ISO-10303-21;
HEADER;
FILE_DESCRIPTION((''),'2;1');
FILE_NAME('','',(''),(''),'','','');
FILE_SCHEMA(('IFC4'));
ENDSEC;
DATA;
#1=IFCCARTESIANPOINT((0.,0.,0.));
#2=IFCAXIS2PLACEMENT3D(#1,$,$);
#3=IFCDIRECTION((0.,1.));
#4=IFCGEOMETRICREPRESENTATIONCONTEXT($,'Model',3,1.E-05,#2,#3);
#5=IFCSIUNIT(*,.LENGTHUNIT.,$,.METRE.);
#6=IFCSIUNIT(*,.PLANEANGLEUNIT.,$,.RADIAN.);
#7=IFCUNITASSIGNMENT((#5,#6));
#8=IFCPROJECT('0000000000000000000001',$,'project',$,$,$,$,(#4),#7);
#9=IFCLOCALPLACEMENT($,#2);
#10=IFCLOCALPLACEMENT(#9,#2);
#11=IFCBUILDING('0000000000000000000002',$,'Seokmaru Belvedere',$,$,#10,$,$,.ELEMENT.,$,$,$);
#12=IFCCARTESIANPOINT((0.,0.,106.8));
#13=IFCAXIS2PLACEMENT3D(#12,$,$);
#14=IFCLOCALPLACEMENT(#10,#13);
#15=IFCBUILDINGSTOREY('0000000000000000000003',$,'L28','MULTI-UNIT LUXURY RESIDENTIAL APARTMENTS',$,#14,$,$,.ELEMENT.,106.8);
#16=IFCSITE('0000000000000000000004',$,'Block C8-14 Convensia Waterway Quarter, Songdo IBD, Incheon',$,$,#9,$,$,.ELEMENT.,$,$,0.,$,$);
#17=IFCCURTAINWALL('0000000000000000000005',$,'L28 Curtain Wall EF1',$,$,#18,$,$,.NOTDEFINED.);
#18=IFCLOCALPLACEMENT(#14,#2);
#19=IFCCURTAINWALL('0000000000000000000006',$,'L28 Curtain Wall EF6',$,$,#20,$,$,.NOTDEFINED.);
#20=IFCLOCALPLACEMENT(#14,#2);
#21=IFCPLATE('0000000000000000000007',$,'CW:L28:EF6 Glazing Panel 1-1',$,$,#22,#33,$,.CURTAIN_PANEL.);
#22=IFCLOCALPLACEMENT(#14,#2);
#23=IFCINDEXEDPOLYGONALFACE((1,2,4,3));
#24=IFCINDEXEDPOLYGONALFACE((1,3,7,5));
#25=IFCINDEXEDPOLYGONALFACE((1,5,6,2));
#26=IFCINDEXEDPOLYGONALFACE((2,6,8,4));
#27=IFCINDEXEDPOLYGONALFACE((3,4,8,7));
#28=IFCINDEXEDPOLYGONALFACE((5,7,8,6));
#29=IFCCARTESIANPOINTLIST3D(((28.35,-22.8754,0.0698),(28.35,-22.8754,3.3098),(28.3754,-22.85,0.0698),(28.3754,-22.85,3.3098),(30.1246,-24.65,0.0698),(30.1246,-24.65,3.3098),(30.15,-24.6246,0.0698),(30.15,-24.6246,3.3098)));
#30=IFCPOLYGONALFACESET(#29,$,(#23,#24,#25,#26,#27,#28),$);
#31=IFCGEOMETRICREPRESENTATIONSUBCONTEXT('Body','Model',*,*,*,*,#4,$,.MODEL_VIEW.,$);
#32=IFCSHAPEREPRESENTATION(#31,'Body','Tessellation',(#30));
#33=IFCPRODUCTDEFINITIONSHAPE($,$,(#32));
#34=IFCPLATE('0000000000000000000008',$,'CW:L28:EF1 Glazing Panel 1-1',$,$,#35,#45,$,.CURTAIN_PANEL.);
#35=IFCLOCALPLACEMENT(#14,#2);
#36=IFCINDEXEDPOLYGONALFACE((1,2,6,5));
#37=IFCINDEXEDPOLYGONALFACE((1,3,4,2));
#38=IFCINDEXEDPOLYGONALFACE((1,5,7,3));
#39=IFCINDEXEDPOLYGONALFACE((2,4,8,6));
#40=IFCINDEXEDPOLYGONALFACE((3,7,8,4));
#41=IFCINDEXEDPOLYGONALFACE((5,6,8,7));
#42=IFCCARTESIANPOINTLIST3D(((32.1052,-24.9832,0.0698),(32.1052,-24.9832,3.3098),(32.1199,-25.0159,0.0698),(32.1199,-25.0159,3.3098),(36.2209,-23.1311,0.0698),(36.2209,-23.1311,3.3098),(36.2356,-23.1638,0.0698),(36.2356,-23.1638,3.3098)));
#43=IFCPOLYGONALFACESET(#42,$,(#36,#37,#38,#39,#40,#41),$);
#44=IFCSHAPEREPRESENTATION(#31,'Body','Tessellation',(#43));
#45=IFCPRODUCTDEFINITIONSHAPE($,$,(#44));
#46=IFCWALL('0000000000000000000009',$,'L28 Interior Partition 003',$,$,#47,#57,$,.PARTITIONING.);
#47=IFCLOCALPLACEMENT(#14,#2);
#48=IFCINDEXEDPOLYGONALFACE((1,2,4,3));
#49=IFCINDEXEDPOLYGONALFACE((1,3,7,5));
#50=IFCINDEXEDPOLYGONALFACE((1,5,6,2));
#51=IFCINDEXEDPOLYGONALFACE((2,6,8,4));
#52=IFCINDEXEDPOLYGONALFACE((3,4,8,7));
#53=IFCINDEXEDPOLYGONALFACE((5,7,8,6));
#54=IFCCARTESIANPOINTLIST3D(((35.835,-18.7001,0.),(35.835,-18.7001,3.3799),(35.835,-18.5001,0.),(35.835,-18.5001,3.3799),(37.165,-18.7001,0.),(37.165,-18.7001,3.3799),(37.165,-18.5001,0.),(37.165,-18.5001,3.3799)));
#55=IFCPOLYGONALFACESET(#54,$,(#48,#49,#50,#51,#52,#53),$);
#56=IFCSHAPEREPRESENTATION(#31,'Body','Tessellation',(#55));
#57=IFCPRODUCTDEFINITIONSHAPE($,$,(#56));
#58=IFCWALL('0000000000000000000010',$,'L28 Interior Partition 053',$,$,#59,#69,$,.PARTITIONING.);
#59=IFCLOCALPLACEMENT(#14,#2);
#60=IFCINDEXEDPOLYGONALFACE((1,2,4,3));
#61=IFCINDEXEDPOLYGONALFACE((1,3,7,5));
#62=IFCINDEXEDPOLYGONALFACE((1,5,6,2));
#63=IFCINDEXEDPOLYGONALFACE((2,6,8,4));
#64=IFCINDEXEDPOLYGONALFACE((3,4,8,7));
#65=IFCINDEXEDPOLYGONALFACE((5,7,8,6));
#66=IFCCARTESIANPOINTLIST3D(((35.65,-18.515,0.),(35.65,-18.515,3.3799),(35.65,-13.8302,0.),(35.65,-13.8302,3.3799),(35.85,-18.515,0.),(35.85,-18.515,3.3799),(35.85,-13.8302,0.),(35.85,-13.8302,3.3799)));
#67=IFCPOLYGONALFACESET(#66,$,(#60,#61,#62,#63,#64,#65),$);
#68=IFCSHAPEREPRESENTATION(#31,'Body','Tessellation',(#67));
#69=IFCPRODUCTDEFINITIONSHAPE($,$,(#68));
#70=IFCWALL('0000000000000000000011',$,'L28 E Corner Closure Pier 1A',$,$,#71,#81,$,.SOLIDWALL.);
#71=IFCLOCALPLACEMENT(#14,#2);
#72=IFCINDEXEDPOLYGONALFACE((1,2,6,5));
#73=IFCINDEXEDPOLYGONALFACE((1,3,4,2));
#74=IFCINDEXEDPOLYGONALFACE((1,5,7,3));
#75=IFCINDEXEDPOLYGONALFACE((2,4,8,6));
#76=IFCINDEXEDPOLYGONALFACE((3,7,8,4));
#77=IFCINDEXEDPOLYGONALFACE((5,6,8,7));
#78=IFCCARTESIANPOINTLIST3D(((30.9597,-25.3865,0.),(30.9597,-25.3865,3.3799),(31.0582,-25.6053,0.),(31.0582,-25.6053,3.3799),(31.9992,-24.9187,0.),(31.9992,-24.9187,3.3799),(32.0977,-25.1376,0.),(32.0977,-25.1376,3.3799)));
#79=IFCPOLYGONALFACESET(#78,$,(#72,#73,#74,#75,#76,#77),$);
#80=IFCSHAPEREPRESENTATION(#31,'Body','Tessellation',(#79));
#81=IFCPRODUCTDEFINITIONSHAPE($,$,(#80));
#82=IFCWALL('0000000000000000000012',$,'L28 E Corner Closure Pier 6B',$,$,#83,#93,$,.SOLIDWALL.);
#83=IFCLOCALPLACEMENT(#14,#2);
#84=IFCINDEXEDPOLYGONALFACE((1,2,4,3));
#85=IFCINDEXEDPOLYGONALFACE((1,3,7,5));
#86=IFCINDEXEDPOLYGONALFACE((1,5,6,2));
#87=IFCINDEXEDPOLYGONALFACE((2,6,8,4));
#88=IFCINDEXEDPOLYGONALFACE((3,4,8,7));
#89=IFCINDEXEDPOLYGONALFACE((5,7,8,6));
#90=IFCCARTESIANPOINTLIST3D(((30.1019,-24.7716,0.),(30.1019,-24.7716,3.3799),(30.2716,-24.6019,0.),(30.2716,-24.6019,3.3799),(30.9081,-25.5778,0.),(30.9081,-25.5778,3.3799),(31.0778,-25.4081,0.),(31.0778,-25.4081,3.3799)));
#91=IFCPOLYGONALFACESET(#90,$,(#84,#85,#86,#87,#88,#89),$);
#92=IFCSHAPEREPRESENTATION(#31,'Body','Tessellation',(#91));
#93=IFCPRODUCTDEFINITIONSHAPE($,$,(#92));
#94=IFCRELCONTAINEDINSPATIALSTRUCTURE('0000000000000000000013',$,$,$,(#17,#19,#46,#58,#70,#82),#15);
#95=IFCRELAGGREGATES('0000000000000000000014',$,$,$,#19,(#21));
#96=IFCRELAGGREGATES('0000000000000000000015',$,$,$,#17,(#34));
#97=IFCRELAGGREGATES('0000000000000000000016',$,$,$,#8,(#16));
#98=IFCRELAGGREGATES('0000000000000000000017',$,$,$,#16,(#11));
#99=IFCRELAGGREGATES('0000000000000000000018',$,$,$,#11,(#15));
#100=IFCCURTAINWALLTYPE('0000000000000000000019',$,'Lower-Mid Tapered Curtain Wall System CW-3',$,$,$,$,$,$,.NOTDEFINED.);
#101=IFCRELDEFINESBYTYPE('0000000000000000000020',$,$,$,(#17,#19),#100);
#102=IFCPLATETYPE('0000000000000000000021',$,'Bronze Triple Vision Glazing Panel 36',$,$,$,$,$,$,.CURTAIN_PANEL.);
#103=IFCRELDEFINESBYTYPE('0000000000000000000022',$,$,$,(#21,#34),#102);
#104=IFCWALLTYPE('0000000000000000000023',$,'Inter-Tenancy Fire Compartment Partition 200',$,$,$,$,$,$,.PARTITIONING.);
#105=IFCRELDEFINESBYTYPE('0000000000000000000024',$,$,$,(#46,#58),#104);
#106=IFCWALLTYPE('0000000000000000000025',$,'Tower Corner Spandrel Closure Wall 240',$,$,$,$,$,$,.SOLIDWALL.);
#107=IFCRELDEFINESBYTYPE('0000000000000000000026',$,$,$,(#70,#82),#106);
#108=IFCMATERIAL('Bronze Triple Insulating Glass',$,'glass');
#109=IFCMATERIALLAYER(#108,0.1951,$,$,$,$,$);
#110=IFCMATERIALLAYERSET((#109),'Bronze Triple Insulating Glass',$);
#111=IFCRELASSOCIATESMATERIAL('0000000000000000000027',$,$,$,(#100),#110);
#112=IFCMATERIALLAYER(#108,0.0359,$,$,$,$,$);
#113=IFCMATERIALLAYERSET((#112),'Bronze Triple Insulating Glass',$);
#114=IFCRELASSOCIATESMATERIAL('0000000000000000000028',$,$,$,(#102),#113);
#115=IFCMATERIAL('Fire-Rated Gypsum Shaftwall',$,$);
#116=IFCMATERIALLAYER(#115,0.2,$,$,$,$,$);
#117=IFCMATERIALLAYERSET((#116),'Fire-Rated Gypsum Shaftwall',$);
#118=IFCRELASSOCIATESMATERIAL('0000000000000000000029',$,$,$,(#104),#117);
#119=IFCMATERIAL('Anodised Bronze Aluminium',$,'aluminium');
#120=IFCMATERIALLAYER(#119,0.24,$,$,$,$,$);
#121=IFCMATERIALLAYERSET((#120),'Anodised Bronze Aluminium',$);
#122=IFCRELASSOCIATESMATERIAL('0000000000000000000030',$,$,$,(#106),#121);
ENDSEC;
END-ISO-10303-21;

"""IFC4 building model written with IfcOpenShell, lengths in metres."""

from ifc_helpers import new_model, si_unit, direction, frame, frame_2d, origin, origin_2d, place, context, subcontext, project, spatial, rectangle, extrude, source, transform, mapped, material, layer, layer_set, type_object, type_shapes, element, aggregate, save


model = new_model("IFC4")

# Units and contexts
model_context = context("Model", 3, precision=1e-05, world=origin(), true_north=direction((0.0, 1.0)))
body_context = subcontext(model_context, "Body", "Model", "MODEL_VIEW")
ifc_project = project(units=[si_unit("LENGTHUNIT", "METRE"), si_unit("PLANEANGLEUNIT", "RADIAN")], contexts=[model_context])

# Site, building, storey
site_placement = place(None, origin())
site = spatial("IfcSite", under=ifc_project, at=site_placement, Name="Block C8-14 Convensia Waterway Quarter, Songdo IBD, Incheon", CompositionType="ELEMENT", RefElevation=0.0)
building_placement = place(site_placement, origin())
building = spatial("IfcBuilding", under=site, at=building_placement, Name="Seokmaru Belvedere", CompositionType="ELEMENT")
storey_placement = place(building_placement, frame((0.0, 0.0, 106.8)))
storey = spatial("IfcBuildingStorey", under=building, at=storey_placement, Name="L28", Description="MULTI-UNIT LUXURY RESIDENTIAL APARTMENTS", CompositionType="ELEMENT", Elevation=106.8)

# Curtain wall
ifc_material_1 = material(Name="Bronze Triple Insulating Glass", Category="glass")
ifc_layer_1 = layer(ifc_material_1, 0.1951)
ifc_layer_set_1 = layer_set([ifc_layer_1], Name="Bronze Triple Insulating Glass")
curtain_wall_type = type_object("IfcCurtainWallType", Name="Lower-Mid Tapered Curtain Wall System CW-3", PredefinedType="NOTDEFINED", material=ifc_layer_set_1)
curtain_wall_1_placement = place(storey_placement, origin())
curtain_wall_1 = element("IfcCurtainWall", 1, at=curtain_wall_1_placement, inside=storey, type_object=curtain_wall_type, Name="L28 Curtain Wall EF1", PredefinedType="NOTDEFINED")
ifc_material_2 = material(Name="Anodised Bronze Aluminium", Category="aluminium")

# Curtain wall
curtain_wall_2_placement = place(storey_placement, origin())
curtain_wall_2 = element("IfcCurtainWall", 2, at=curtain_wall_2_placement, inside=storey, type_object=curtain_wall_type, Name="L28 Curtain Wall EF6", PredefinedType="NOTDEFINED")

# Plates
ifc_layer_2 = layer(ifc_material_1, 0.0359)
ifc_layer_set_2 = layer_set([ifc_layer_2], Name="Bronze Triple Insulating Glass")
plate_type = type_object("IfcPlateType", Name="Bronze Triple Vision Glazing Panel 36", PredefinedType="CURTAIN_PANEL", material=ifc_layer_set_2)
shared_shape_1 = source(origin(), body_context, "Body", "SweptSolid", [
    extrude(rectangle(XDim=2.5098, YDim=0.0359, at=origin_2d()), origin(), (0.0, 0.0, 1.0), 3.24),
])
plate_1_placement = place(storey_placement, frame((29.25, -23.75, 0.0698), z_axis=(0.0, 0.0, 1.0), x_axis=(0.707107, -0.707107, 0.0)))
plate_1 = element("IfcPlate", 3, at=plate_1_placement, type_object=plate_type, Name="CW:L28:EF6 Glazing Panel 1-1", PredefinedType="CURTAIN_PANEL", context=body_context, shape_type="MappedRepresentation", body=[
    mapped(shared_shape_1, transform((0.0, 0.0, 0.0), scale=1.0)),
])
aggregate(curtain_wall_2, [plate_1])
shared_shape_2 = source(origin(), body_context, "Body", "SweptSolid", [
    extrude(rectangle(XDim=4.5132, YDim=0.0359, at=origin_2d()), origin(), (0.0, 0.0, 1.0), 3.24),
])
type_shapes(plate_type, [shared_shape_1, shared_shape_2])
plate_2_placement = place(storey_placement, frame((34.1704, -24.0735, 0.0698), z_axis=(0.0, 0.0, 1.0), x_axis=(0.911921, 0.410366, 0.0)))
plate_2 = element("IfcPlate", 4, at=plate_2_placement, type_object=plate_type, Name="CW:L28:EF1 Glazing Panel 1-1", PredefinedType="CURTAIN_PANEL", context=body_context, shape_type="MappedRepresentation", body=[
    mapped(shared_shape_2, transform((0.0, 0.0, 0.0), scale=1.0)),
])
aggregate(curtain_wall_1, [plate_2])

# Walls
ifc_material_3 = material(Name="Fire-Rated Gypsum Shaftwall")
ifc_layer_3 = layer(ifc_material_3, 0.2)
ifc_layer_set_3 = layer_set([ifc_layer_3], Name="Fire-Rated Gypsum Shaftwall")
wall_type_1 = type_object("IfcWallType", Name="Inter-Tenancy Fire Compartment Partition 200", PredefinedType="PARTITIONING", material=ifc_layer_set_3)
wall_1_placement = place(storey_placement, frame((35.835, -18.6001, 0.0), z_axis=(0.0, 0.0, 1.0), x_axis=(1.0, 0.0, 0.0)))
element("IfcWall", 5, at=wall_1_placement, inside=storey, type_object=wall_type_1, Name="L28 Interior Partition 003", PredefinedType="PARTITIONING", context=body_context, shape_type="SweptSolid", body=[
    extrude(rectangle(XDim=1.3301, YDim=0.2, at=frame_2d((0.665, 0.0))), origin(), (0.0, 0.0, 1.0), 3.3799),
])
wall_2_placement = place(storey_placement, frame((35.75, -18.5149, 0.0), z_axis=(0.0, 0.0, 1.0), x_axis=(0.0, 1.0, 0.0)))
element("IfcWall", 6, at=wall_2_placement, inside=storey, type_object=wall_type_1, Name="L28 Interior Partition 053", PredefinedType="PARTITIONING", context=body_context, shape_type="SweptSolid", body=[
    extrude(rectangle(XDim=4.6848, YDim=0.2, at=frame_2d((2.3423, 0.0))), origin(), (0.0, 0.0, 1.0), 3.3799),
])
ifc_layer_4 = layer(ifc_material_2, 0.24)
ifc_layer_set_4 = layer_set([ifc_layer_4], Name="Anodised Bronze Aluminium")
wall_type_2 = type_object("IfcWallType", Name="Tower Corner Spandrel Closure Wall 240", PredefinedType="SOLIDWALL", material=ifc_layer_set_4)
wall_3_placement = place(storey_placement, frame((31.009, -25.4958, 0.0), z_axis=(0.0, 0.0, 1.0), x_axis=(0.91193, 0.410347, 0.0)))
element("IfcWall", 7, at=wall_3_placement, inside=storey, type_object=wall_type_2, Name="L28 E Corner Closure Pier 1A", PredefinedType="SOLIDWALL", context=body_context, shape_type="SweptSolid", body=[
    extrude(rectangle(XDim=1.1399, YDim=0.24, at=frame_2d((0.5698, 0.0))), origin(), (0.0, 0.0, 1.0), 3.3799),
])
wall_4_placement = place(storey_placement, frame((30.1868, -24.6868, 0.0), z_axis=(0.0, 0.0, 1.0), x_axis=(0.707107, -0.707107, 0.0)))
element("IfcWall", 8, at=wall_4_placement, inside=storey, type_object=wall_type_2, Name="L28 E Corner Closure Pier 6B", PredefinedType="SOLIDWALL", context=body_context, shape_type="SweptSolid", body=[
    extrude(rectangle(XDim=1.1401, YDim=0.24, at=frame_2d((0.5701, 0.0))), origin(), (0.0, 0.0, 1.0), 3.3799),
])

save(model, "model.ifc")
